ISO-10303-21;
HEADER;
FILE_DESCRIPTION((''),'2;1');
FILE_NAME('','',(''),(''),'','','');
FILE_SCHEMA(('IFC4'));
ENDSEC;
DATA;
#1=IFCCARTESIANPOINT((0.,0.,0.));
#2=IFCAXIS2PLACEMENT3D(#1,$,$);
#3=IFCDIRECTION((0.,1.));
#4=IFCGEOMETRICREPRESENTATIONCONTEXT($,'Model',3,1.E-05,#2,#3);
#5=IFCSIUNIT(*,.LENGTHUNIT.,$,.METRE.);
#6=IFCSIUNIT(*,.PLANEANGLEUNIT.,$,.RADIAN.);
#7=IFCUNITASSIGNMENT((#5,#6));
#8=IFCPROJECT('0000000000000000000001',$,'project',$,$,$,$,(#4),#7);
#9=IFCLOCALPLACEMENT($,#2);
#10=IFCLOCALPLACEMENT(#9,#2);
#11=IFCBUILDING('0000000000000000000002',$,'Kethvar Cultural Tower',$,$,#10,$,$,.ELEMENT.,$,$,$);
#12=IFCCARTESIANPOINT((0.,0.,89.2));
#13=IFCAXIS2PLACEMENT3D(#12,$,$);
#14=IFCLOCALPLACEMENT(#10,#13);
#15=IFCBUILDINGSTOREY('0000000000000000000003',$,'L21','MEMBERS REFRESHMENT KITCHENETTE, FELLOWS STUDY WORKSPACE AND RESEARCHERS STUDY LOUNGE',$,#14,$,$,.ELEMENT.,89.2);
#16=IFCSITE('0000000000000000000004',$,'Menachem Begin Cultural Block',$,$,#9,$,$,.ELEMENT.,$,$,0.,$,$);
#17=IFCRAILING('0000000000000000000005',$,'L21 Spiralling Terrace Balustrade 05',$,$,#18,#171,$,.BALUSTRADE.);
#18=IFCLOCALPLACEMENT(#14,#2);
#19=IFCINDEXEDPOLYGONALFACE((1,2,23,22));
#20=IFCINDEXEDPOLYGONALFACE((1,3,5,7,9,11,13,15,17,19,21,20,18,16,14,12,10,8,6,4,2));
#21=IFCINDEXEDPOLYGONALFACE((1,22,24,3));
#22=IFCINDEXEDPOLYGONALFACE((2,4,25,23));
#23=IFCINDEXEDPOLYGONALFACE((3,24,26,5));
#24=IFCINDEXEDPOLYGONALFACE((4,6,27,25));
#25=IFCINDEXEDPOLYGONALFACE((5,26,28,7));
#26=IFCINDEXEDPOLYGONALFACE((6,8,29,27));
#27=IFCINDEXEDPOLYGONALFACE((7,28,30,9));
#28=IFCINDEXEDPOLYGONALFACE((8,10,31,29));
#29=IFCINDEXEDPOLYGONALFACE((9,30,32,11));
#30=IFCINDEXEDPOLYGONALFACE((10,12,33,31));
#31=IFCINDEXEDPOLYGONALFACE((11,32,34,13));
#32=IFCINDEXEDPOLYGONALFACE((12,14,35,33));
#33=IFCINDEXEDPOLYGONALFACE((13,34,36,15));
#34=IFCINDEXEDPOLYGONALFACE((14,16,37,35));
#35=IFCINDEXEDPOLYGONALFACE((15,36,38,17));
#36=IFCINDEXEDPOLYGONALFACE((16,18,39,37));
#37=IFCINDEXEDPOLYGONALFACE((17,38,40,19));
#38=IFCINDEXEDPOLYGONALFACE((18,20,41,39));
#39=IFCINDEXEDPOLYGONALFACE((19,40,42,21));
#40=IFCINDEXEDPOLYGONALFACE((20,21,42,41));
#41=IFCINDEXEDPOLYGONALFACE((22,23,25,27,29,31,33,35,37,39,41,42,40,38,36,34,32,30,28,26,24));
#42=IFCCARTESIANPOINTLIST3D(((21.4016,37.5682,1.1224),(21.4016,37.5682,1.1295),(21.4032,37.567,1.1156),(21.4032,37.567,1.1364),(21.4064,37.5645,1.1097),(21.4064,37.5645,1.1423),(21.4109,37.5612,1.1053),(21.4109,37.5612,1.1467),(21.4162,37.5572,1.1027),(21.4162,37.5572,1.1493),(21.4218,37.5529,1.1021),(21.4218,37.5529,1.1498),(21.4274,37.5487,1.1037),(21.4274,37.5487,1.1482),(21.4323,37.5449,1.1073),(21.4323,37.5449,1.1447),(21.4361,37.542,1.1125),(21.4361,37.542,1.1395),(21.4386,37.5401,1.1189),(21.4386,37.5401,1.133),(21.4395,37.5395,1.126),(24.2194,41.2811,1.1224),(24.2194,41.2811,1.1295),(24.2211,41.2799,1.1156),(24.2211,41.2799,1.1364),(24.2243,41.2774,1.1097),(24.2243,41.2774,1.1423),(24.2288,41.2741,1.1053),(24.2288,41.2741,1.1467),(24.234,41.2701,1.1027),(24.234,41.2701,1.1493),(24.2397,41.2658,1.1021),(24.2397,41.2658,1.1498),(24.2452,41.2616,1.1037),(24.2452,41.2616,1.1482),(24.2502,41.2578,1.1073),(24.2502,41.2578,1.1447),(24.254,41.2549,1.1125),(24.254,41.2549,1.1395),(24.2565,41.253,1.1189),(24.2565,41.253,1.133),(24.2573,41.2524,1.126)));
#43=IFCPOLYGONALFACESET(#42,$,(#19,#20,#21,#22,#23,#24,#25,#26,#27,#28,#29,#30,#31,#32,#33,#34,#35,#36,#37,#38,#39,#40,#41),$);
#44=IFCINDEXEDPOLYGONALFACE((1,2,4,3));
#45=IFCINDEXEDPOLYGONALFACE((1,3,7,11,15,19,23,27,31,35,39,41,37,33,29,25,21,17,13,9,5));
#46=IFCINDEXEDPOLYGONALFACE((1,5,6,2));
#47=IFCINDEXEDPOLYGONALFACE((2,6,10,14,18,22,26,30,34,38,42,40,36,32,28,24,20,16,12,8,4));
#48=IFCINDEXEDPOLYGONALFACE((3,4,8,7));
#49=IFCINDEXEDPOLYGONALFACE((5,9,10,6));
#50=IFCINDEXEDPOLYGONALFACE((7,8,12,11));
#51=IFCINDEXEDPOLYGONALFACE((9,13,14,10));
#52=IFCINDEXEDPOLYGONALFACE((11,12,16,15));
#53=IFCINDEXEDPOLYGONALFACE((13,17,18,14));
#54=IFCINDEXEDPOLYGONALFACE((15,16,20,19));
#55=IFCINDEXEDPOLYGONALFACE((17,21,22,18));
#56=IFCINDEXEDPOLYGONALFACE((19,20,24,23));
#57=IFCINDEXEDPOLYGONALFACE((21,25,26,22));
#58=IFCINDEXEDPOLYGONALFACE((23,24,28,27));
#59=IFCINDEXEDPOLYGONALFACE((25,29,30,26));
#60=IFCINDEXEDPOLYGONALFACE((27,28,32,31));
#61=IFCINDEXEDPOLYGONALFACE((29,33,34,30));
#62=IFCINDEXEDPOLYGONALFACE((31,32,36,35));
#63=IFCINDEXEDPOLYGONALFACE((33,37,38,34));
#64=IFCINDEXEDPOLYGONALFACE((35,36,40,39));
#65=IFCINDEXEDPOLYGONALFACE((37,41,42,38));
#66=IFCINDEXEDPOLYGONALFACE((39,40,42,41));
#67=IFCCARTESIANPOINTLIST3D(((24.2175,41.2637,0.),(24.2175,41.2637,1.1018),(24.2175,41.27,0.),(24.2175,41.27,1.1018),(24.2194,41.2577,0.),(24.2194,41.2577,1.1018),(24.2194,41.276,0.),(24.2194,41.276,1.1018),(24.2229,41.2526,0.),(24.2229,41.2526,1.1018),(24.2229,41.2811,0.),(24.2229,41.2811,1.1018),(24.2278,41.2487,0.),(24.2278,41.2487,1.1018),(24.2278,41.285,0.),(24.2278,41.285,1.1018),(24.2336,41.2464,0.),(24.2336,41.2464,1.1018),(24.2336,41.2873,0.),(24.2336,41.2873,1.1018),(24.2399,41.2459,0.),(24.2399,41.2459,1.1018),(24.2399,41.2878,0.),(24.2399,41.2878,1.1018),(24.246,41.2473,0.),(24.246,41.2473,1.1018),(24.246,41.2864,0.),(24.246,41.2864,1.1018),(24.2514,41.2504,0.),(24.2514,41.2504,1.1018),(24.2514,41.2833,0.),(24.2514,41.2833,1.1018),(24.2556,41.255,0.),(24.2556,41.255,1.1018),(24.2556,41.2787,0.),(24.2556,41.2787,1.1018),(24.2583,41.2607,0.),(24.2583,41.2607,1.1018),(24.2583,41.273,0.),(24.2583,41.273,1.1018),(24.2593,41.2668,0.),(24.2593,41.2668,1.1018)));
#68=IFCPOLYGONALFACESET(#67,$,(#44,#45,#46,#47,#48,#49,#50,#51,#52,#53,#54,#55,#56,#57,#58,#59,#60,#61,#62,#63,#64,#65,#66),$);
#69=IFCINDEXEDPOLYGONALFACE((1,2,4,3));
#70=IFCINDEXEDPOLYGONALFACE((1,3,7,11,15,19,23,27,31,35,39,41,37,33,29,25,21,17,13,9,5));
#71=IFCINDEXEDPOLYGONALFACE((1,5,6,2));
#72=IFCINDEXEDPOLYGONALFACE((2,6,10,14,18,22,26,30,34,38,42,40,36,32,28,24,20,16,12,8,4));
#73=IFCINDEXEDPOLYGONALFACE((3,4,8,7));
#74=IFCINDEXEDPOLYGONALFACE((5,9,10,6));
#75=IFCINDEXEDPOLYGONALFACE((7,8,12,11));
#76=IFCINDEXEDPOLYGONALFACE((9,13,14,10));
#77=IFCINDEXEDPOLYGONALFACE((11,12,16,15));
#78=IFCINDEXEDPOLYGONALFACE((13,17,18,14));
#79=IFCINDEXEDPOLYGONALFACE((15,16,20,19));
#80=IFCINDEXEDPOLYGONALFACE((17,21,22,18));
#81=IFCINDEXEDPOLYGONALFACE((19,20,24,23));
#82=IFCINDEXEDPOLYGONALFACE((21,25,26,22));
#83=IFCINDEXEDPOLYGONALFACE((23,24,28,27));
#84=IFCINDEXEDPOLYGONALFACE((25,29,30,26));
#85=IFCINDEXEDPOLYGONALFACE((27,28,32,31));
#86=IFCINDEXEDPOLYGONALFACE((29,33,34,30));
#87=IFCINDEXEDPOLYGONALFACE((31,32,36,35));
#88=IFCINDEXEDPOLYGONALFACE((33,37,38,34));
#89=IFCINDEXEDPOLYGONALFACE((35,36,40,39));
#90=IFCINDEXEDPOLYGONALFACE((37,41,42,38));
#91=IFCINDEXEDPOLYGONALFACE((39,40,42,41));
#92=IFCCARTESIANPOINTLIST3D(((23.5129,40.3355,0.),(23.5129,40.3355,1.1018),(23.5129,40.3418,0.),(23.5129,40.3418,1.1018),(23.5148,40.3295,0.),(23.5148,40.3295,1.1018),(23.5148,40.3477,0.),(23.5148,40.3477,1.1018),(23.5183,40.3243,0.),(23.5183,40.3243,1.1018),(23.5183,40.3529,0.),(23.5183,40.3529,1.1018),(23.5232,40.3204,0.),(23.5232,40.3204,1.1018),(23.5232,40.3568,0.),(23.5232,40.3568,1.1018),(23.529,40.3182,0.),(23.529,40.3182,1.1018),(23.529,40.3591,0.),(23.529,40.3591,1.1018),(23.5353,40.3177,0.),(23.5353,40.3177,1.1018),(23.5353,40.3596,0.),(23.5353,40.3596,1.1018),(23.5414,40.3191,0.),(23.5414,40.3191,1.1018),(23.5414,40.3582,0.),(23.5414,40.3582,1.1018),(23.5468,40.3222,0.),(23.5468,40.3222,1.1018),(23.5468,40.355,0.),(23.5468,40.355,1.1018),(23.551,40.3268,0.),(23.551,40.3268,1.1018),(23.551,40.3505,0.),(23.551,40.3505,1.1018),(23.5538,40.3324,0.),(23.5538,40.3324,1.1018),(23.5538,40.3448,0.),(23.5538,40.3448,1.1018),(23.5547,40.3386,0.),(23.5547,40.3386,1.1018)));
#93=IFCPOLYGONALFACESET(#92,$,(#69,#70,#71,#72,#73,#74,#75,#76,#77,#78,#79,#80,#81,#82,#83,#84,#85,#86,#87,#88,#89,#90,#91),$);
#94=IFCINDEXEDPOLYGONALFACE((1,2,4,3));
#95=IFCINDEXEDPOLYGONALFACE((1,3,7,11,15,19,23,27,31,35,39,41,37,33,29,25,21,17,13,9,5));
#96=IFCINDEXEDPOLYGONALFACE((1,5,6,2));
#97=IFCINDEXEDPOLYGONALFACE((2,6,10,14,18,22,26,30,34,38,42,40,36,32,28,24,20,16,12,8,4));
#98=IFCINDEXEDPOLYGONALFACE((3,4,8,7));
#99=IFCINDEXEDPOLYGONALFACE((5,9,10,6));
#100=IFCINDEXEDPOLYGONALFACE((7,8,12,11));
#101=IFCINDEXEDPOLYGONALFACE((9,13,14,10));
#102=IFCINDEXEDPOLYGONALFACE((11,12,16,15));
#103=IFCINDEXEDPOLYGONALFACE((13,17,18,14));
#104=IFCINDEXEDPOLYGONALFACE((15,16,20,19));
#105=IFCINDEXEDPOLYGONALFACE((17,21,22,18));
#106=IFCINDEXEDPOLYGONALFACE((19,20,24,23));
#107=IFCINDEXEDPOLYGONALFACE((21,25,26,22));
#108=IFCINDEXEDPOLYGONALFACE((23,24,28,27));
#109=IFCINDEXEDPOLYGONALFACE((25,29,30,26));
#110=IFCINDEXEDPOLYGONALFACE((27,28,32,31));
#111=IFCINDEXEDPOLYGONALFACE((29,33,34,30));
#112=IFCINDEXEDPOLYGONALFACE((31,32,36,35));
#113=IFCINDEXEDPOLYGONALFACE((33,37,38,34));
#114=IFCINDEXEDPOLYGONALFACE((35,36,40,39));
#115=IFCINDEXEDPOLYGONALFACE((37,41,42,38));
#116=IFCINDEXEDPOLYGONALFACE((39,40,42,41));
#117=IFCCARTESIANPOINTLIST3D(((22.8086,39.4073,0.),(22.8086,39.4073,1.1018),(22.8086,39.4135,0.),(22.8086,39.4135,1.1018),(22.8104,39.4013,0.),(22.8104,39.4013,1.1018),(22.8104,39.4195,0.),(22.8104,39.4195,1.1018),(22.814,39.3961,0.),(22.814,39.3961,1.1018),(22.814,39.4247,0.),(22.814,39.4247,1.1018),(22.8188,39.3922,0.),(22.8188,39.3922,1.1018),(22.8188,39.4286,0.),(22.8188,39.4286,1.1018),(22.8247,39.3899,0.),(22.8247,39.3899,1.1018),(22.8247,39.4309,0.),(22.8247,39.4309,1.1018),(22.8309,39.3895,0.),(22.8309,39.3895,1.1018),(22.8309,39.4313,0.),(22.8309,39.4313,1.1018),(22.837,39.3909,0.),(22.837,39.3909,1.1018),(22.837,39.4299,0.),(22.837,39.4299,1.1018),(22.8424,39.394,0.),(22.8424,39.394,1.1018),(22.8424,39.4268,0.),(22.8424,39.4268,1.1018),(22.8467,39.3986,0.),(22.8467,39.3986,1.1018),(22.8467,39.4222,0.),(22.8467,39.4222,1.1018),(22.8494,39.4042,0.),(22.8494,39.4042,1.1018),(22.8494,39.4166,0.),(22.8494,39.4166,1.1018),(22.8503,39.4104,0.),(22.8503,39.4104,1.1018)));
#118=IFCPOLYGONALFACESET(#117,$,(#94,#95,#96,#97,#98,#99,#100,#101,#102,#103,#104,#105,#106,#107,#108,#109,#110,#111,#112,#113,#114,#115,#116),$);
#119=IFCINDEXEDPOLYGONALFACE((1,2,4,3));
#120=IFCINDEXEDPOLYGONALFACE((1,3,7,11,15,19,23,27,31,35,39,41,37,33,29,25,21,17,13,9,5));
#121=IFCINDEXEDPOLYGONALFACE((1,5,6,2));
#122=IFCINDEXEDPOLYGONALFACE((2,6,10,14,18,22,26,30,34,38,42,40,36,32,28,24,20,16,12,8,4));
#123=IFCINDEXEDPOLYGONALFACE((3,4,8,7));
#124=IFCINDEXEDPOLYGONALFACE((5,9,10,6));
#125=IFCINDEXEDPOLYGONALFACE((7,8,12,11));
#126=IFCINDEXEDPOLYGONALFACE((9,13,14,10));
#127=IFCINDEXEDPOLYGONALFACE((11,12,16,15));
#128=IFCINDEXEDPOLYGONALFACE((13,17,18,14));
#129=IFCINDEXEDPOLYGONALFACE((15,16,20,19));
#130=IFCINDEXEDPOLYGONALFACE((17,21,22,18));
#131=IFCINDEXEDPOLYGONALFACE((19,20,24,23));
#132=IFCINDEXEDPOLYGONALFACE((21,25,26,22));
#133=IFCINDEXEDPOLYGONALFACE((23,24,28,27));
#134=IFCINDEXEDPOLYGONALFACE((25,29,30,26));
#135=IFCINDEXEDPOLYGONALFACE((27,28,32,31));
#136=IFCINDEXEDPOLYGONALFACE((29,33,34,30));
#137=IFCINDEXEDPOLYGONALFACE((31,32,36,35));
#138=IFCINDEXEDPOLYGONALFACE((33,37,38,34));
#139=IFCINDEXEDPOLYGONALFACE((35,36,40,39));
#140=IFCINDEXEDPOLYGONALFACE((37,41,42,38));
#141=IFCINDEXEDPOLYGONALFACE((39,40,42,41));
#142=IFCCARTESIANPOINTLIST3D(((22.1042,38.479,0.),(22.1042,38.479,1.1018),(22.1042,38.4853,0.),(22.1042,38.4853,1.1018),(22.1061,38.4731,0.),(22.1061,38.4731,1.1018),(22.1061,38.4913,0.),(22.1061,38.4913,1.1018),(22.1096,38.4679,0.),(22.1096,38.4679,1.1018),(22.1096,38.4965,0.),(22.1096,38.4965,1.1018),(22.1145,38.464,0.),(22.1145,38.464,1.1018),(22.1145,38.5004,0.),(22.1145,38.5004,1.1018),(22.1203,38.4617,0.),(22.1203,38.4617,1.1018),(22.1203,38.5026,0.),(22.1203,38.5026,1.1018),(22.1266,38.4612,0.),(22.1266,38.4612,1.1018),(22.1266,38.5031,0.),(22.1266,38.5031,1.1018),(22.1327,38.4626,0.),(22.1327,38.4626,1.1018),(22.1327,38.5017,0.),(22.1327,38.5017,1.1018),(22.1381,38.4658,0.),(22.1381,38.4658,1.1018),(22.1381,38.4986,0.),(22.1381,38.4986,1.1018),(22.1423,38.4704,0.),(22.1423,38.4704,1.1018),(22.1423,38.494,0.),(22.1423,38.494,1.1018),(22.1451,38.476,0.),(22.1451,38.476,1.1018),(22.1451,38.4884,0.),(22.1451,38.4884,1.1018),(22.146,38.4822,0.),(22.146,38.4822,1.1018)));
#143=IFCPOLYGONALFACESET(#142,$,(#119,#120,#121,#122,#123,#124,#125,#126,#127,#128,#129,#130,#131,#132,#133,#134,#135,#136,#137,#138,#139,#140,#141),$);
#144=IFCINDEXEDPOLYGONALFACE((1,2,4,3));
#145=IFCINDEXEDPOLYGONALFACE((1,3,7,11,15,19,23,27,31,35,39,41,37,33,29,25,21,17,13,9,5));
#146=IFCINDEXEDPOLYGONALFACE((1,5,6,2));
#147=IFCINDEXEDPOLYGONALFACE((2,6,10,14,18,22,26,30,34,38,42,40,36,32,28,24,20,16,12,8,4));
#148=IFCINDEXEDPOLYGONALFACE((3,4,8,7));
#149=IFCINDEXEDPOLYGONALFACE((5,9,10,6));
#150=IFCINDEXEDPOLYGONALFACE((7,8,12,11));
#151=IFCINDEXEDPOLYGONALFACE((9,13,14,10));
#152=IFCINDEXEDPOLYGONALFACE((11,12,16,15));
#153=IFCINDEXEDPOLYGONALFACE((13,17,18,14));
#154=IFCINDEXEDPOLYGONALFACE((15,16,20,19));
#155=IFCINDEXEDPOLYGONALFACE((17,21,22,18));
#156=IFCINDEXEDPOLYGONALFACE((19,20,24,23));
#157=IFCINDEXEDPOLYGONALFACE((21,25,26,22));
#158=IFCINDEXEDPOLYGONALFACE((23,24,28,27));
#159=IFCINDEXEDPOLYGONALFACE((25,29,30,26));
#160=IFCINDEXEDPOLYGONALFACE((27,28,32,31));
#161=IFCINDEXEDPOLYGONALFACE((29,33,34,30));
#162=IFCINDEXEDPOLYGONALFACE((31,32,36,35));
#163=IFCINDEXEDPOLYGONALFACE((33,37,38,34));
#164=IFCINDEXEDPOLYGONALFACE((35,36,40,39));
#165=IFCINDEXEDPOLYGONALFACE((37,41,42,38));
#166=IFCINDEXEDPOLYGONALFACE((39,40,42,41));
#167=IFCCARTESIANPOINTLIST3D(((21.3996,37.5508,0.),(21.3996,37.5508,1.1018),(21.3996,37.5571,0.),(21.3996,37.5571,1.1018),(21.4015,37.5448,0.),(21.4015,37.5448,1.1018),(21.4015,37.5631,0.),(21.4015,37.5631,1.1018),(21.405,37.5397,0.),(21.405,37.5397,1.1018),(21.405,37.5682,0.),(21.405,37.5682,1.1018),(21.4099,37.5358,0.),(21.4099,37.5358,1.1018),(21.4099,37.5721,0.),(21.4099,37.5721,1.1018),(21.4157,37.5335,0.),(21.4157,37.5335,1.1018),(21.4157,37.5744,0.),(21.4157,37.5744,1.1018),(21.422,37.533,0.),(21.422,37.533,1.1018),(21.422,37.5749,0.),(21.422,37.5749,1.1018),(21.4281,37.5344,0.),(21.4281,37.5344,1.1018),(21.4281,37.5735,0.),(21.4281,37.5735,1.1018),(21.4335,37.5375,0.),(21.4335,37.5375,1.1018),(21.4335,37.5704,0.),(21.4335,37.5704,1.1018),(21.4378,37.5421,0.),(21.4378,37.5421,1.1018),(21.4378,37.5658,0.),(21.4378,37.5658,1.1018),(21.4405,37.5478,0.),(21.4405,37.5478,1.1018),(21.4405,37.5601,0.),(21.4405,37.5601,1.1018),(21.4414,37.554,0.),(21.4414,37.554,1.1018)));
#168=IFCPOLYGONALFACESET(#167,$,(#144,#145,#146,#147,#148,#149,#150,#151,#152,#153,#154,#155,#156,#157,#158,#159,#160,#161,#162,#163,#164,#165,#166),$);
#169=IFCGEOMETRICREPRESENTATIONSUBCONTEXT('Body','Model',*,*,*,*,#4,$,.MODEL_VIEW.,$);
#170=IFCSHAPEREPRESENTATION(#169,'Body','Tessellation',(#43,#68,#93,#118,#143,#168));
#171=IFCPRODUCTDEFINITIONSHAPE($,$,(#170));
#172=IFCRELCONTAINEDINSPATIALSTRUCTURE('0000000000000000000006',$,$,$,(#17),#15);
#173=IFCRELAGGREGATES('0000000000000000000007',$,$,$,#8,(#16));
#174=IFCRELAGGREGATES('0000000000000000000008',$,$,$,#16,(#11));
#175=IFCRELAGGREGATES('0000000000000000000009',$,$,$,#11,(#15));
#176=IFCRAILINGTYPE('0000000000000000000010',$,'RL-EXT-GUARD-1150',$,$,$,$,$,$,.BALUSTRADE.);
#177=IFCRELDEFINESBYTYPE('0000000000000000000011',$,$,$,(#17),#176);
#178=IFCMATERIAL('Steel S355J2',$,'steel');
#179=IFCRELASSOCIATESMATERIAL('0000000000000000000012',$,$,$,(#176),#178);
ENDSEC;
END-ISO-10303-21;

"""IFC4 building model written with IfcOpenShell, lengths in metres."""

from ifc_helpers import new_model, si_unit, direction, frame, origin, origin_2d, place, context, subcontext, project, spatial, circle, extrude, material, type_object, element, save


model = new_model("IFC4")

# Units and contexts
model_context = context("Model", 3, precision=1e-05, world=origin(), true_north=direction((0.0, 1.0)))
body_context = subcontext(model_context, "Body", "Model", "MODEL_VIEW")
ifc_project = project(units=[si_unit("LENGTHUNIT", "METRE"), si_unit("PLANEANGLEUNIT", "RADIAN")], contexts=[model_context])

# Site, building, storey
site_placement = place(None, origin())
site = spatial("IfcSite", under=ifc_project, at=site_placement, Name="Menachem Begin Cultural Block", CompositionType="ELEMENT", RefElevation=0.0)
building_placement = place(site_placement, origin())
building = spatial("IfcBuilding", under=site, at=building_placement, Name="Kethvar Cultural Tower", CompositionType="ELEMENT")
storey_placement = place(building_placement, frame((0.0, 0.0, 89.2)))
storey = spatial("IfcBuildingStorey", under=building, at=storey_placement, Name="L21", Description="MEMBERS REFRESHMENT KITCHENETTE, FELLOWS STUDY WORKSPACE AND RESEARCHERS STUDY LOUNGE", CompositionType="ELEMENT", Elevation=89.2)

# Shared definitions
ifc_material_1 = material(Name="Steel S355J2", Category="steel")

# Railing
railing_type = type_object("IfcRailingType", Name="RL-EXT-GUARD-1150", PredefinedType="BALUSTRADE", material=ifc_material_1)
railing_1_placement = place(storey_placement, frame((24.2383, 41.2668, 0.0)))
element("IfcRailing", 1, at=railing_1_placement, inside=storey, type_object=railing_type, Name="L21 Spiralling Terrace Balustrade 05", PredefinedType="BALUSTRADE", context=body_context, shape_type="SweptSolid", body=[
    extrude(circle(Radius=0.0239, at=origin_2d()), frame((0.0, 0.0, 1.126), z_axis=(-0.604549, -0.796568, 0.0), x_axis=(0.796568, -0.604549, 0.0)), (0.0, 0.0, 1.0), 4.6611),
    extrude(circle(Radius=0.021, at=origin_2d()), origin(), (0.0, 0.0, 1.0), 1.1018),
    extrude(circle(Radius=0.021, at=origin_2d()), frame((-0.7046, -0.9282, 0.0)), (0.0, 0.0, 1.0), 1.1018),
    extrude(circle(Radius=0.021, at=origin_2d()), frame((-1.4089, -1.8564, 0.0)), (0.0, 0.0, 1.0), 1.1018),
    extrude(circle(Radius=0.021, at=origin_2d()), frame((-2.1133, -2.7847, 0.0)), (0.0, 0.0, 1.0), 1.1018),
    extrude(circle(Radius=0.021, at=origin_2d()), frame((-2.8179, -3.7129, 0.0)), (0.0, 0.0, 1.0), 1.1018),
])

save(model, "model.ifc")
